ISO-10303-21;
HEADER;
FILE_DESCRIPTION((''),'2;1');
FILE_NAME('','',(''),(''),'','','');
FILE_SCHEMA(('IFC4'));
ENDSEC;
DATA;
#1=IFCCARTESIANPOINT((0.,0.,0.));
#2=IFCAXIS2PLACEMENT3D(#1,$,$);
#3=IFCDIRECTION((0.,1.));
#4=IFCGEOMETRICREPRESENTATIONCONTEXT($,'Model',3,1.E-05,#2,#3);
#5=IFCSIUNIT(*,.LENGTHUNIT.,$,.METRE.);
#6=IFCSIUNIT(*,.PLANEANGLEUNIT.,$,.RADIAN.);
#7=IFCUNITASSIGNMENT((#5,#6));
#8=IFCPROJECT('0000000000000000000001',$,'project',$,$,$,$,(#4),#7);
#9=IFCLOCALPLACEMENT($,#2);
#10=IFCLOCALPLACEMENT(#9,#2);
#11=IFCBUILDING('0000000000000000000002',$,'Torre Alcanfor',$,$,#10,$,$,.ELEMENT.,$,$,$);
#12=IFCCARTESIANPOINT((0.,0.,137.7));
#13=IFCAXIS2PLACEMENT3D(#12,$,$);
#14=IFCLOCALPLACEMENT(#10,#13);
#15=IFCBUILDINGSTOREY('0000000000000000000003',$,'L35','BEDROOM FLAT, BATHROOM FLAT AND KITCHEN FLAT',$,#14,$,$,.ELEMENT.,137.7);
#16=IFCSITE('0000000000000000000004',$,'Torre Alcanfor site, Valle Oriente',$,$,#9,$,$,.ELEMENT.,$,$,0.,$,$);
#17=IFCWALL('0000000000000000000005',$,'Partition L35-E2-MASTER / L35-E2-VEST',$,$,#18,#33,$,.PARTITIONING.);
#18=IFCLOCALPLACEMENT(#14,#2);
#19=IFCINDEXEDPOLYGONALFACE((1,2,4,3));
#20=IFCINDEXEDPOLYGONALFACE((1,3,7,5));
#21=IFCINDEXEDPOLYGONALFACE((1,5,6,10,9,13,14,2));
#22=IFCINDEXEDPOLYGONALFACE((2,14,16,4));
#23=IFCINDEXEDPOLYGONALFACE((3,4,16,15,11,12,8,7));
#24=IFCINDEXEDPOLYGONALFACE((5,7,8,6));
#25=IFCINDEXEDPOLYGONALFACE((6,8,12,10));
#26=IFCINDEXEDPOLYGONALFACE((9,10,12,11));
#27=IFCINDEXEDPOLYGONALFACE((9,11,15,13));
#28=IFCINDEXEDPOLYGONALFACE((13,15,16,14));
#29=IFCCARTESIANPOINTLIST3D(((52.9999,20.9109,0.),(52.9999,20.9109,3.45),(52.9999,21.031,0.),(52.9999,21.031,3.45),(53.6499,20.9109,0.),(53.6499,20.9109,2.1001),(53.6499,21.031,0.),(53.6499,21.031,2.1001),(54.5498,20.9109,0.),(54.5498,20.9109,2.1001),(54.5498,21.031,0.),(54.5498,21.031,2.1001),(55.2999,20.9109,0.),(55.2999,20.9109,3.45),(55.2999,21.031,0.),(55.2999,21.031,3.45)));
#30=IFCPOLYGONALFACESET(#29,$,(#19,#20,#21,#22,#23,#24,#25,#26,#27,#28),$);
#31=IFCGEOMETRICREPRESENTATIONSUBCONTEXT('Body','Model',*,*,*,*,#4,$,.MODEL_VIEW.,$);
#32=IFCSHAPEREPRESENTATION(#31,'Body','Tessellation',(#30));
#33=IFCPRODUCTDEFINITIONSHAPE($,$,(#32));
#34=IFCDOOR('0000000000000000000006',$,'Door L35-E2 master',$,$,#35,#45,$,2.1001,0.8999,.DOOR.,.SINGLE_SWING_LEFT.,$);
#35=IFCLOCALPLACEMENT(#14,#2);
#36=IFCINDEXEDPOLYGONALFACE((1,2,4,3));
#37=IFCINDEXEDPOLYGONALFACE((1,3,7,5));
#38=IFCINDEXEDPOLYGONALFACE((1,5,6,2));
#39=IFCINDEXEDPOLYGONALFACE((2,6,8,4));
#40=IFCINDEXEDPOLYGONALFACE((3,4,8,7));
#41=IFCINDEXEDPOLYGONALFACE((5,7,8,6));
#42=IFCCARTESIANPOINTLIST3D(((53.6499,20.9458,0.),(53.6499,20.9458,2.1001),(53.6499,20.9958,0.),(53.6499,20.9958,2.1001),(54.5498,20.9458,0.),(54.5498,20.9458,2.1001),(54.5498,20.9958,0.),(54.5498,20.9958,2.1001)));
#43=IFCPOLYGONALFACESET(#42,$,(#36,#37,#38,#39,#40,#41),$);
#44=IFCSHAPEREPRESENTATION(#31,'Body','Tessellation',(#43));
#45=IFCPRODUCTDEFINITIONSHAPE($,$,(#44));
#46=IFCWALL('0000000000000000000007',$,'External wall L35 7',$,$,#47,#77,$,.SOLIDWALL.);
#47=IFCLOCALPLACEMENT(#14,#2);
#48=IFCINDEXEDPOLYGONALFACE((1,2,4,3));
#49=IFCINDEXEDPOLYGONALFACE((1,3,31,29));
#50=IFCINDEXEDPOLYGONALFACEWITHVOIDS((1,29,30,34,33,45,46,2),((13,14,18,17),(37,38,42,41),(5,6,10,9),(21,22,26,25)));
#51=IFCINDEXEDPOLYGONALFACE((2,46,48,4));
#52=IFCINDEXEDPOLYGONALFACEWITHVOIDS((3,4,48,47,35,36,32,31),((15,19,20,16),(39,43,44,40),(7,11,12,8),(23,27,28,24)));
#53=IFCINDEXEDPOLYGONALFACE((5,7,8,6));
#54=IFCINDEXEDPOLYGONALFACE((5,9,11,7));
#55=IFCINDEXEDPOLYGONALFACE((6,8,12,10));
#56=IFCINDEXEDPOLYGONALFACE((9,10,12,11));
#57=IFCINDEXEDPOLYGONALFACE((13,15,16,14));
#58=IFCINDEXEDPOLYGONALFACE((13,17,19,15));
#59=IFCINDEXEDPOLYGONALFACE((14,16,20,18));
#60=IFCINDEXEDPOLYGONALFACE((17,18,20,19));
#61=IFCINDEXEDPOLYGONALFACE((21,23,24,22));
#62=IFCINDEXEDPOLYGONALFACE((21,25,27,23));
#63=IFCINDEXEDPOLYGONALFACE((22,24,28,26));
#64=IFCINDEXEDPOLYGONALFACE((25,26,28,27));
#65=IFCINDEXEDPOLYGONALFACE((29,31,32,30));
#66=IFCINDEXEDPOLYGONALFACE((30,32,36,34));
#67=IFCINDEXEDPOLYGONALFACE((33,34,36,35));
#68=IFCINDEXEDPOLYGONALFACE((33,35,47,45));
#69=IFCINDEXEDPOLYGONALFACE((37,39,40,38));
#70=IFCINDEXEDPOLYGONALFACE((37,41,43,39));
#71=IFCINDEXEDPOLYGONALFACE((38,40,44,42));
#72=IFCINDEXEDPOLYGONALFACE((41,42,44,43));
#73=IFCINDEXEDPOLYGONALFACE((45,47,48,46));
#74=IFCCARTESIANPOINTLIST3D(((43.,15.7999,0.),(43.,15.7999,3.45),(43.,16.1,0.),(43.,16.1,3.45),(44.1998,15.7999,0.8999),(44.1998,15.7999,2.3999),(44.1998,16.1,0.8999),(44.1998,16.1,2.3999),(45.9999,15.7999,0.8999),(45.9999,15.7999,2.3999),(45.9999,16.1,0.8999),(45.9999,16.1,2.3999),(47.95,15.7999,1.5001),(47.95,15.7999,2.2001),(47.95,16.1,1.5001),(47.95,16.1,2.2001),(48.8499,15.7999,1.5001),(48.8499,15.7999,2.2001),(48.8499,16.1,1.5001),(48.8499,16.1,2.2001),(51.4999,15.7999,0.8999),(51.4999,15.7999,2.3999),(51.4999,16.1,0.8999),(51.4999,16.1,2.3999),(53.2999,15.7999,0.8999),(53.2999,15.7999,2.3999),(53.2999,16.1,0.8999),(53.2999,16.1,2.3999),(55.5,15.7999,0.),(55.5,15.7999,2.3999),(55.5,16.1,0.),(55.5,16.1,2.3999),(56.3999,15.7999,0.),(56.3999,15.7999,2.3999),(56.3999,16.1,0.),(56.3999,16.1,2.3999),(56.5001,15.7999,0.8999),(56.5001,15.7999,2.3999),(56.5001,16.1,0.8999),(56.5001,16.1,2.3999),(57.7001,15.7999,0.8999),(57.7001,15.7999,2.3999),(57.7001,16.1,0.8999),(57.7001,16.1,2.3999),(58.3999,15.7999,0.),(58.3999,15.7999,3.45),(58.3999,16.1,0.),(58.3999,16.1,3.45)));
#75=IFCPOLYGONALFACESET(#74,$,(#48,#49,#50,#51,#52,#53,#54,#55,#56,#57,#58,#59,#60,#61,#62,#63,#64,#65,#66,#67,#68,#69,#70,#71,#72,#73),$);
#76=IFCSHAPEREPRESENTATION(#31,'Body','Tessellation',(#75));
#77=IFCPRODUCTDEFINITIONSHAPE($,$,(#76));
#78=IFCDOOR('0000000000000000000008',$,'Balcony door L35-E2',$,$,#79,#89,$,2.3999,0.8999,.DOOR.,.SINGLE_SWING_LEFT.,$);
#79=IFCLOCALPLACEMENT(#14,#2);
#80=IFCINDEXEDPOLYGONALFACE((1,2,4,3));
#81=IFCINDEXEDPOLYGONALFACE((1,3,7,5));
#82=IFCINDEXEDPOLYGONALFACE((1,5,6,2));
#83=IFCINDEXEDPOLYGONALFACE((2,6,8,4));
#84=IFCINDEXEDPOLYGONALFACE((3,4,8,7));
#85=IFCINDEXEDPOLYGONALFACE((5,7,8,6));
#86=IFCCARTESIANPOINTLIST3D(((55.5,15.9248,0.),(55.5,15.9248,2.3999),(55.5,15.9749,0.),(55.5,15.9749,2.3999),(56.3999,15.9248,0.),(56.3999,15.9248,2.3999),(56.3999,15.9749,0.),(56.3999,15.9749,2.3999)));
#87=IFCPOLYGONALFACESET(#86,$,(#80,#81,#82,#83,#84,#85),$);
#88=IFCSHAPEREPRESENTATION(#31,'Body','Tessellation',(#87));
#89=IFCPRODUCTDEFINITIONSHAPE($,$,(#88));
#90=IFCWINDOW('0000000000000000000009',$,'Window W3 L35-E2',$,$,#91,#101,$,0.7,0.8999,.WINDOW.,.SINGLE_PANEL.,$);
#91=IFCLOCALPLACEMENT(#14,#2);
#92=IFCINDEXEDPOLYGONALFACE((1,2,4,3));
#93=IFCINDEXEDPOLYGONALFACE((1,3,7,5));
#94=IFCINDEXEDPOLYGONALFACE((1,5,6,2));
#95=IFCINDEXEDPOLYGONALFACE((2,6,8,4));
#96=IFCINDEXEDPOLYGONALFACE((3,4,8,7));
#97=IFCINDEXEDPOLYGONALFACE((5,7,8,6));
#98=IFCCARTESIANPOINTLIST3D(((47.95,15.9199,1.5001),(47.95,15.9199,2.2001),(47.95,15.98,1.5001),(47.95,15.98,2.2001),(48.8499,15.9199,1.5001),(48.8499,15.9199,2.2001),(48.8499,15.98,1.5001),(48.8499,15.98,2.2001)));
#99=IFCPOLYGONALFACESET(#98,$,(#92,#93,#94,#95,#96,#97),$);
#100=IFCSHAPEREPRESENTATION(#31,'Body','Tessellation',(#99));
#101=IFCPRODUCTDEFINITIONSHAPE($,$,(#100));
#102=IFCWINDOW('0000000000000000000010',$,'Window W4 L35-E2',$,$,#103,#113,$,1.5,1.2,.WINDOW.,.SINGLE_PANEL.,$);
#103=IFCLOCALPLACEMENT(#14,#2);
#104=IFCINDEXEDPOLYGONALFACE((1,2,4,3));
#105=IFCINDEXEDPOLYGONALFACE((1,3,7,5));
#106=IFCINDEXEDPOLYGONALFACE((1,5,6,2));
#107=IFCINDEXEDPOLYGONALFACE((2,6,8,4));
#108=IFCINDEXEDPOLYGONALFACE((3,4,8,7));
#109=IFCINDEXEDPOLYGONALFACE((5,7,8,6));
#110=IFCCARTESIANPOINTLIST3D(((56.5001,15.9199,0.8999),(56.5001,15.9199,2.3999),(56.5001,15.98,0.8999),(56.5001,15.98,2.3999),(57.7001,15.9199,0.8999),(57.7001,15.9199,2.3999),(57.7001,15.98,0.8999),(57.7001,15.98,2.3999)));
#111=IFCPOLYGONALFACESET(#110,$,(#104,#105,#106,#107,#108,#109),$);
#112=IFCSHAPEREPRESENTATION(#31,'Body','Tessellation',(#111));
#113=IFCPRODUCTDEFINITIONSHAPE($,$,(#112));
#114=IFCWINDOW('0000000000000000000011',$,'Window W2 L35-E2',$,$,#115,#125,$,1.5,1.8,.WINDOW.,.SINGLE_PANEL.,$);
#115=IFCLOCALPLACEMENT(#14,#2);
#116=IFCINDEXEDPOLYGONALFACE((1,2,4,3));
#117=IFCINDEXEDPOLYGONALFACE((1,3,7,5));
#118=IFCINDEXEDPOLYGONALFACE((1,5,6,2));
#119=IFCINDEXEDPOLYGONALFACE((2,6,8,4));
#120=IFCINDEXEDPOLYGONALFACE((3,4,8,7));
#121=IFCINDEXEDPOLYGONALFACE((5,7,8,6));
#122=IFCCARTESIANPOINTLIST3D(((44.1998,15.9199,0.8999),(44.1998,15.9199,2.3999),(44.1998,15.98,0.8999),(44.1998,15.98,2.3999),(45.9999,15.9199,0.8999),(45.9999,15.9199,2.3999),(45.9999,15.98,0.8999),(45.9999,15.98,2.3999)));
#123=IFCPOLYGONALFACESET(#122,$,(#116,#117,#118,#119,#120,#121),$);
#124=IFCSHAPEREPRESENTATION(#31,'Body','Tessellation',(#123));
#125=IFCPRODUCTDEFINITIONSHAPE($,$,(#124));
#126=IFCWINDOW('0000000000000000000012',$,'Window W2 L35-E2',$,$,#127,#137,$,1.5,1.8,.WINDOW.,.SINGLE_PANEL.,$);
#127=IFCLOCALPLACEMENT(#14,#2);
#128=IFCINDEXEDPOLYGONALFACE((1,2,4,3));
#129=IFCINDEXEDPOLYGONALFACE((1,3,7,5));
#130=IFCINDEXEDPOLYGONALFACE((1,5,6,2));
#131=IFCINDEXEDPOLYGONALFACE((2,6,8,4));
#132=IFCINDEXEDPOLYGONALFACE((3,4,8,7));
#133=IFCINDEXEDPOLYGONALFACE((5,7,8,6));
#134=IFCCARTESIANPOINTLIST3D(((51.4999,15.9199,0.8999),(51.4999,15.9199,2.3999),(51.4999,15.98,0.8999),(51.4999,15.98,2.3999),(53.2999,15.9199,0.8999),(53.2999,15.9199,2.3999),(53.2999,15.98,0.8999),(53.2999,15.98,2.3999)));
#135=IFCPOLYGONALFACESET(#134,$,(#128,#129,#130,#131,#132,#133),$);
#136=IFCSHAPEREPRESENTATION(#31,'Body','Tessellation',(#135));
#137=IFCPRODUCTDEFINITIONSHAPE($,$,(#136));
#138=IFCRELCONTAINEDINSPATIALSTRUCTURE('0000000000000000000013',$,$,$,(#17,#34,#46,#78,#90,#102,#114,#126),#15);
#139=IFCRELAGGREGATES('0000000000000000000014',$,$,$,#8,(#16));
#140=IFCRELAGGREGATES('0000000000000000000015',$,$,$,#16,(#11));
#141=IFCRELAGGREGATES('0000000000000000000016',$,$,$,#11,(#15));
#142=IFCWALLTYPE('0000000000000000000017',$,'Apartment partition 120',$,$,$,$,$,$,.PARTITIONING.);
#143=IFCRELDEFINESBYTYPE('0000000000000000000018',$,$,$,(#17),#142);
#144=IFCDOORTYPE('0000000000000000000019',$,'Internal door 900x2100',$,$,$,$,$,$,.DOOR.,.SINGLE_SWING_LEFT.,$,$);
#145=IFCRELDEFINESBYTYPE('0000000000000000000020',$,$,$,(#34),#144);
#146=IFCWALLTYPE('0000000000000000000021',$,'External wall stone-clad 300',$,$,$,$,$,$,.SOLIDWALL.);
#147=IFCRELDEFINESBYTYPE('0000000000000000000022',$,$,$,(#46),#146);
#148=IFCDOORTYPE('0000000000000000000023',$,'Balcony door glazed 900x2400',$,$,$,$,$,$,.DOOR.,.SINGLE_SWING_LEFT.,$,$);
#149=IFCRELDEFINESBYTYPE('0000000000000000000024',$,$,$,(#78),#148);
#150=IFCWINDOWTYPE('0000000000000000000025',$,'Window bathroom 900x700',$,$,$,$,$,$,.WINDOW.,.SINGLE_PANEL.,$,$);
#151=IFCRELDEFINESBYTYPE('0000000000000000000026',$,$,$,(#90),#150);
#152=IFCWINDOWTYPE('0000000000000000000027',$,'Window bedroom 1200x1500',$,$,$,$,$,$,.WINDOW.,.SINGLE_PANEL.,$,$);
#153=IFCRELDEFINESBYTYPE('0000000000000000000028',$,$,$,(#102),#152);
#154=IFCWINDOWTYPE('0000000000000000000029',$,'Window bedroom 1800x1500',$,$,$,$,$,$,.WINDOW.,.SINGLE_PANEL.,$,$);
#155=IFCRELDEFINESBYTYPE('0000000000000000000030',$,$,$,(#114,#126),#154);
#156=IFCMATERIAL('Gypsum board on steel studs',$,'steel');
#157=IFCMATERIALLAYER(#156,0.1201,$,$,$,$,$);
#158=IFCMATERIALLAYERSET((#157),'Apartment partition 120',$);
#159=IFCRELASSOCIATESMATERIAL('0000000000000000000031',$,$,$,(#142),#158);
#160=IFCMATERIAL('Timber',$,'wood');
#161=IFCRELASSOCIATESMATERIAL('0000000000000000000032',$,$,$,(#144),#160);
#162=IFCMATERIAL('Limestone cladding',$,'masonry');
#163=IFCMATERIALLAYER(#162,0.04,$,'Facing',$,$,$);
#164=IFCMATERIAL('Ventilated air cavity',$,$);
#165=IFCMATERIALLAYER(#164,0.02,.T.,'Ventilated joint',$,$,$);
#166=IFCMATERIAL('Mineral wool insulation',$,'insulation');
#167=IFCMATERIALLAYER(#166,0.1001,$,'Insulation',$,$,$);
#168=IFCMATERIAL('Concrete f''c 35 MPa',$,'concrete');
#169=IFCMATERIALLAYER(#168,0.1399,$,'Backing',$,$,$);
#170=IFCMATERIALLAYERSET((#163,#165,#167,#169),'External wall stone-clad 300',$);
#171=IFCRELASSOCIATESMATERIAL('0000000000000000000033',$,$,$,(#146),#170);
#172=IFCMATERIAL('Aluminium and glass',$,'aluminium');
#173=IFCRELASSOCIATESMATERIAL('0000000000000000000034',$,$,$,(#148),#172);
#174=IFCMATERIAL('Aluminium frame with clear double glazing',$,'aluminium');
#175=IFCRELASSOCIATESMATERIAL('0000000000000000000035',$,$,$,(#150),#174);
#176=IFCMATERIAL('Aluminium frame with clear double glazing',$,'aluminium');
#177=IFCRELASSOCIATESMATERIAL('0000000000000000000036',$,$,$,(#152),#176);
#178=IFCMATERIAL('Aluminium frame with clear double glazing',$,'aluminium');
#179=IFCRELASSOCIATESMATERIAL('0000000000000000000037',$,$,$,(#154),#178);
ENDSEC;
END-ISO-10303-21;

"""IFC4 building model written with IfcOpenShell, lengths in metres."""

from ifc_helpers import new_model, si_unit, direction, frame, frame_2d, origin, place, context, subcontext, project, spatial, rectangle, extrude, material, layer, layer_set, type_object, element, fill, save


model = new_model("IFC4")

# Units and contexts
model_context = context("Model", 3, precision=1e-05, world=origin(), true_north=direction((0.0, 1.0)))
body_context = subcontext(model_context, "Body", "Model", "MODEL_VIEW")
ifc_project = project(units=[si_unit("LENGTHUNIT", "METRE"), si_unit("PLANEANGLEUNIT", "RADIAN")], contexts=[model_context])

# Site, building, storey
site_placement = place(None, origin())
site = spatial("IfcSite", under=ifc_project, at=site_placement, Name="Torre Alcanfor site, Valle Oriente", CompositionType="ELEMENT", RefElevation=0.0)
building_placement = place(site_placement, origin())
building = spatial("IfcBuilding", under=site, at=building_placement, Name="Torre Alcanfor", CompositionType="ELEMENT")
storey_placement = place(building_placement, frame((0.0, 0.0, 137.7)))
storey = spatial("IfcBuildingStorey", under=building, at=storey_placement, Name="L35", Description="BEDROOM FLAT, BATHROOM FLAT AND KITCHEN FLAT", CompositionType="ELEMENT", Elevation=137.7)

# Wall, opening, door
ifc_material_1 = material(Name="Gypsum board on steel studs", Category="steel")
ifc_layer_1 = layer(ifc_material_1, 0.1201)
ifc_layer_set_1 = layer_set([ifc_layer_1], Name="Apartment partition 120")
wall_type_1 = type_object("IfcWallType", Name="Apartment partition 120", PredefinedType="PARTITIONING", material=ifc_layer_set_1)
ifc_material_2 = material(Name="Timber", Category="wood")
door_type_1 = type_object("IfcDoorType", Name="Internal door 900x2100", OperationType="SINGLE_SWING_LEFT", PredefinedType="DOOR", material=ifc_material_2)
wall_1_placement = place(storey_placement, frame((53.0, 20.9709, 0.0), z_axis=(0.0, 0.0, 1.0), x_axis=(1.0, 0.0, 0.0)))
wall_1 = element("IfcWall", 1, at=wall_1_placement, inside=storey, type_object=wall_type_1, Name="Partition L35-E2-MASTER / L35-E2-VEST", PredefinedType="PARTITIONING", context=body_context, shape_type="SweptSolid", body=[
    extrude(rectangle(XDim=2.3, YDim=0.1201, at=frame_2d((1.1499, 0.0))), origin(), (0.0, 0.0, 1.0), 3.45),
])
opening_1_placement = place(wall_1_placement, frame((0.6499, 0.0, 0.0)))
opening_1 = element("IfcOpeningElement", 2, at=opening_1_placement, cuts=wall_1, PredefinedType="OPENING", context=body_context, shape_type="SweptSolid", body=[
    extrude(rectangle(XDim=0.8999, YDim=2.1001, at=frame_2d((0.45, 1.05))), frame((0.0, 0.0701, 0.0), z_axis=(0.0, -1.0, 0.0), x_axis=(1.0, 0.0, 0.0)), (0.0, 0.0, 1.0), 0.1401),
])
door_1_placement = place(opening_1_placement, origin())
door_1 = element("IfcDoor", 3, at=door_1_placement, inside=storey, type_object=door_type_1, Name="Door L35-E2 master", OperationType="SINGLE_SWING_LEFT", OverallHeight=2.1001, OverallWidth=0.8999, PredefinedType="DOOR", context=body_context, shape_type="SweptSolid", body=[
    extrude(rectangle(XDim=0.8999, YDim=2.1001, at=frame_2d((0.45, 1.05))), frame((0.0, 0.0249, 0.0), z_axis=(0.0, -1.0, 0.0), x_axis=(1.0, 0.0, 0.0)), (0.0, 0.0, 1.0), 0.05),
])
fill(opening_1, door_1)

# Wall, openings, door, windows
ifc_material_3 = material(Name="Limestone cladding", Category="masonry")
ifc_layer_2 = layer(ifc_material_3, 0.04, Name="Facing")
ifc_material_4 = material(Name="Ventilated air cavity")
ifc_layer_3 = layer(ifc_material_4, 0.02, ventilated=True, Name="Ventilated joint")
ifc_material_5 = material(Name="Mineral wool insulation", Category="insulation")
ifc_layer_4 = layer(ifc_material_5, 0.1001, Name="Insulation")
ifc_material_6 = material(Name="Concrete f'c 35 MPa", Category="concrete")
ifc_layer_5 = layer(ifc_material_6, 0.1399, Name="Backing")
ifc_layer_set_2 = layer_set([ifc_layer_2, ifc_layer_3, ifc_layer_4, ifc_layer_5], Name="External wall stone-clad 300")
wall_type_2 = type_object("IfcWallType", Name="External wall stone-clad 300", PredefinedType="SOLIDWALL", material=ifc_layer_set_2)
wall_2_placement = place(storey_placement, frame((43.0, 15.95, 0.0), z_axis=(0.0, 0.0, 1.0), x_axis=(1.0, 0.0, 0.0)))
wall_2 = element("IfcWall", 4, at=wall_2_placement, inside=storey, type_object=wall_type_2, Name="External wall L35 7", PredefinedType="SOLIDWALL", context=body_context, shape_type="SweptSolid", body=[
    extrude(rectangle(XDim=15.3999, YDim=0.3, at=frame_2d((7.7, 0.0))), origin(), (0.0, 0.0, 1.0), 3.45),
])
opening_2_placement = place(wall_2_placement, frame((1.2, 0.0, 0.8999)))
opening_2 = element("IfcOpeningElement", 5, at=opening_2_placement, cuts=wall_2, PredefinedType="OPENING", context=body_context, shape_type="SweptSolid", body=[
    extrude(rectangle(XDim=1.8, YDim=1.5, at=frame_2d((0.8999, 0.75))), frame((0.0, 0.1599, 0.0), z_axis=(0.0, -1.0, 0.0), x_axis=(1.0, 0.0, 0.0)), (0.0, 0.0, 1.0), 0.3201),
])
opening_3_placement = place(wall_2_placement, frame((4.95, 0.0, 1.5)))
opening_3 = element("IfcOpeningElement", 6, at=opening_3_placement, cuts=wall_2, PredefinedType="OPENING", context=body_context, shape_type="SweptSolid", body=[
    extrude(rectangle(XDim=0.8999, YDim=0.7, at=frame_2d((0.45, 0.3501))), frame((0.0, 0.1599, 0.0), z_axis=(0.0, -1.0, 0.0), x_axis=(1.0, 0.0, 0.0)), (0.0, 0.0, 1.0), 0.3201),
])
opening_4_placement = place(wall_2_placement, frame((8.5, 0.0, 0.8999)))
opening_4 = element("IfcOpeningElement", 7, at=opening_4_placement, cuts=wall_2, PredefinedType="OPENING", context=body_context, shape_type="SweptSolid", body=[
    extrude(rectangle(XDim=1.8, YDim=1.5, at=frame_2d((0.8999, 0.75))), frame((0.0, 0.1599, 0.0), z_axis=(0.0, -1.0, 0.0), x_axis=(1.0, 0.0, 0.0)), (0.0, 0.0, 1.0), 0.3201),
])
opening_5_placement = place(wall_2_placement, frame((12.5, 0.0, 0.0)))
opening_5 = element("IfcOpeningElement", 8, at=opening_5_placement, cuts=wall_2, PredefinedType="OPENING", context=body_context, shape_type="SweptSolid", body=[
    extrude(rectangle(XDim=0.8999, YDim=2.3999, at=frame_2d((0.45, 1.2))), frame((0.0, 0.1599, 0.0), z_axis=(0.0, -1.0, 0.0), x_axis=(1.0, 0.0, 0.0)), (0.0, 0.0, 1.0), 0.3201),
])
opening_6_placement = place(wall_2_placement, frame((13.5, 0.0, 0.8999)))
opening_6 = element("IfcOpeningElement", 9, at=opening_6_placement, cuts=wall_2, PredefinedType="OPENING", context=body_context, shape_type="SweptSolid", body=[
    extrude(rectangle(XDim=1.2, YDim=1.5, at=frame_2d((0.6001, 0.75))), frame((0.0, 0.1599, 0.0), z_axis=(0.0, -1.0, 0.0), x_axis=(1.0, 0.0, 0.0)), (0.0, 0.0, 1.0), 0.3201),
])
ifc_material_7 = material(Name="Aluminium and glass", Category="aluminium")
door_type_2 = type_object("IfcDoorType", Name="Balcony door glazed 900x2400", OperationType="SINGLE_SWING_LEFT", PredefinedType="DOOR", material=ifc_material_7)
door_2_placement = place(opening_5_placement, origin())
door_2 = element("IfcDoor", 10, at=door_2_placement, inside=storey, type_object=door_type_2, Name="Balcony door L35-E2", OperationType="SINGLE_SWING_LEFT", OverallHeight=2.3999, OverallWidth=0.8999, PredefinedType="DOOR", context=body_context, shape_type="SweptSolid", body=[
    extrude(rectangle(XDim=0.8999, YDim=2.3999, at=frame_2d((0.45, 1.2))), frame((0.0, 0.0249, 0.0), z_axis=(0.0, -1.0, 0.0), x_axis=(1.0, 0.0, 0.0)), (0.0, 0.0, 1.0), 0.05),
])
fill(opening_5, door_2)
ifc_material_8 = material(Name="Aluminium frame with clear double glazing", Category="aluminium")
window_type_1 = type_object("IfcWindowType", Name="Window bathroom 900x700", PartitioningType="SINGLE_PANEL", PredefinedType="WINDOW", material=ifc_material_8)
window_1_placement = place(opening_3_placement, origin())
window_1 = element("IfcWindow", 11, at=window_1_placement, inside=storey, type_object=window_type_1, Name="Window W3 L35-E2", OverallHeight=0.7, OverallWidth=0.8999, PartitioningType="SINGLE_PANEL", PredefinedType="WINDOW", context=body_context, shape_type="SweptSolid", body=[
    extrude(rectangle(XDim=0.8999, YDim=0.7, at=frame_2d((0.45, 0.3501))), frame((0.0, 0.03, 0.0), z_axis=(0.0, -1.0, 0.0), x_axis=(1.0, 0.0, 0.0)), (0.0, 0.0, 1.0), 0.0601),
])
fill(opening_3, window_1)
ifc_material_9 = material(Name="Aluminium frame with clear double glazing", Category="aluminium")
window_type_2 = type_object("IfcWindowType", Name="Window bedroom 1200x1500", PartitioningType="SINGLE_PANEL", PredefinedType="WINDOW", material=ifc_material_9)
window_2_placement = place(opening_6_placement, origin())
window_2 = element("IfcWindow", 12, at=window_2_placement, inside=storey, type_object=window_type_2, Name="Window W4 L35-E2", OverallHeight=1.5, OverallWidth=1.2, PartitioningType="SINGLE_PANEL", PredefinedType="WINDOW", context=body_context, shape_type="SweptSolid", body=[
    extrude(rectangle(XDim=1.2, YDim=1.5, at=frame_2d((0.6001, 0.75))), frame((0.0, 0.03, 0.0), z_axis=(0.0, -1.0, 0.0), x_axis=(1.0, 0.0, 0.0)), (0.0, 0.0, 1.0), 0.0601),
])
fill(opening_6, window_2)
ifc_material_10 = material(Name="Aluminium frame with clear double glazing", Category="aluminium")
window_type_3 = type_object("IfcWindowType", Name="Window bedroom 1800x1500", PartitioningType="SINGLE_PANEL", PredefinedType="WINDOW", material=ifc_material_10)
window_3_placement = place(opening_2_placement, origin())
window_3 = element("IfcWindow", 13, at=window_3_placement, inside=storey, type_object=window_type_3, Name="Window W2 L35-E2", OverallHeight=1.5, OverallWidth=1.8, PartitioningType="SINGLE_PANEL", PredefinedType="WINDOW", context=body_context, shape_type="SweptSolid", body=[
    extrude(rectangle(XDim=1.8, YDim=1.5, at=frame_2d((0.8999, 0.75))), frame((0.0, 0.03, 0.0), z_axis=(0.0, -1.0, 0.0), x_axis=(1.0, 0.0, 0.0)), (0.0, 0.0, 1.0), 0.0601),
])
fill(opening_2, window_3)
window_4_placement = place(opening_4_placement, origin())
window_4 = element("IfcWindow", 14, at=window_4_placement, inside=storey, type_object=window_type_3, Name="Window W2 L35-E2", OverallHeight=1.5, OverallWidth=1.8, PartitioningType="SINGLE_PANEL", PredefinedType="WINDOW", context=body_context, shape_type="SweptSolid", body=[
    extrude(rectangle(XDim=1.8, YDim=1.5, at=frame_2d((0.8999, 0.75))), frame((0.0, 0.03, 0.0), z_axis=(0.0, -1.0, 0.0), x_axis=(1.0, 0.0, 0.0)), (0.0, 0.0, 1.0), 0.0601),
])
fill(opening_4, window_4)

save(model, "model.ifc")
